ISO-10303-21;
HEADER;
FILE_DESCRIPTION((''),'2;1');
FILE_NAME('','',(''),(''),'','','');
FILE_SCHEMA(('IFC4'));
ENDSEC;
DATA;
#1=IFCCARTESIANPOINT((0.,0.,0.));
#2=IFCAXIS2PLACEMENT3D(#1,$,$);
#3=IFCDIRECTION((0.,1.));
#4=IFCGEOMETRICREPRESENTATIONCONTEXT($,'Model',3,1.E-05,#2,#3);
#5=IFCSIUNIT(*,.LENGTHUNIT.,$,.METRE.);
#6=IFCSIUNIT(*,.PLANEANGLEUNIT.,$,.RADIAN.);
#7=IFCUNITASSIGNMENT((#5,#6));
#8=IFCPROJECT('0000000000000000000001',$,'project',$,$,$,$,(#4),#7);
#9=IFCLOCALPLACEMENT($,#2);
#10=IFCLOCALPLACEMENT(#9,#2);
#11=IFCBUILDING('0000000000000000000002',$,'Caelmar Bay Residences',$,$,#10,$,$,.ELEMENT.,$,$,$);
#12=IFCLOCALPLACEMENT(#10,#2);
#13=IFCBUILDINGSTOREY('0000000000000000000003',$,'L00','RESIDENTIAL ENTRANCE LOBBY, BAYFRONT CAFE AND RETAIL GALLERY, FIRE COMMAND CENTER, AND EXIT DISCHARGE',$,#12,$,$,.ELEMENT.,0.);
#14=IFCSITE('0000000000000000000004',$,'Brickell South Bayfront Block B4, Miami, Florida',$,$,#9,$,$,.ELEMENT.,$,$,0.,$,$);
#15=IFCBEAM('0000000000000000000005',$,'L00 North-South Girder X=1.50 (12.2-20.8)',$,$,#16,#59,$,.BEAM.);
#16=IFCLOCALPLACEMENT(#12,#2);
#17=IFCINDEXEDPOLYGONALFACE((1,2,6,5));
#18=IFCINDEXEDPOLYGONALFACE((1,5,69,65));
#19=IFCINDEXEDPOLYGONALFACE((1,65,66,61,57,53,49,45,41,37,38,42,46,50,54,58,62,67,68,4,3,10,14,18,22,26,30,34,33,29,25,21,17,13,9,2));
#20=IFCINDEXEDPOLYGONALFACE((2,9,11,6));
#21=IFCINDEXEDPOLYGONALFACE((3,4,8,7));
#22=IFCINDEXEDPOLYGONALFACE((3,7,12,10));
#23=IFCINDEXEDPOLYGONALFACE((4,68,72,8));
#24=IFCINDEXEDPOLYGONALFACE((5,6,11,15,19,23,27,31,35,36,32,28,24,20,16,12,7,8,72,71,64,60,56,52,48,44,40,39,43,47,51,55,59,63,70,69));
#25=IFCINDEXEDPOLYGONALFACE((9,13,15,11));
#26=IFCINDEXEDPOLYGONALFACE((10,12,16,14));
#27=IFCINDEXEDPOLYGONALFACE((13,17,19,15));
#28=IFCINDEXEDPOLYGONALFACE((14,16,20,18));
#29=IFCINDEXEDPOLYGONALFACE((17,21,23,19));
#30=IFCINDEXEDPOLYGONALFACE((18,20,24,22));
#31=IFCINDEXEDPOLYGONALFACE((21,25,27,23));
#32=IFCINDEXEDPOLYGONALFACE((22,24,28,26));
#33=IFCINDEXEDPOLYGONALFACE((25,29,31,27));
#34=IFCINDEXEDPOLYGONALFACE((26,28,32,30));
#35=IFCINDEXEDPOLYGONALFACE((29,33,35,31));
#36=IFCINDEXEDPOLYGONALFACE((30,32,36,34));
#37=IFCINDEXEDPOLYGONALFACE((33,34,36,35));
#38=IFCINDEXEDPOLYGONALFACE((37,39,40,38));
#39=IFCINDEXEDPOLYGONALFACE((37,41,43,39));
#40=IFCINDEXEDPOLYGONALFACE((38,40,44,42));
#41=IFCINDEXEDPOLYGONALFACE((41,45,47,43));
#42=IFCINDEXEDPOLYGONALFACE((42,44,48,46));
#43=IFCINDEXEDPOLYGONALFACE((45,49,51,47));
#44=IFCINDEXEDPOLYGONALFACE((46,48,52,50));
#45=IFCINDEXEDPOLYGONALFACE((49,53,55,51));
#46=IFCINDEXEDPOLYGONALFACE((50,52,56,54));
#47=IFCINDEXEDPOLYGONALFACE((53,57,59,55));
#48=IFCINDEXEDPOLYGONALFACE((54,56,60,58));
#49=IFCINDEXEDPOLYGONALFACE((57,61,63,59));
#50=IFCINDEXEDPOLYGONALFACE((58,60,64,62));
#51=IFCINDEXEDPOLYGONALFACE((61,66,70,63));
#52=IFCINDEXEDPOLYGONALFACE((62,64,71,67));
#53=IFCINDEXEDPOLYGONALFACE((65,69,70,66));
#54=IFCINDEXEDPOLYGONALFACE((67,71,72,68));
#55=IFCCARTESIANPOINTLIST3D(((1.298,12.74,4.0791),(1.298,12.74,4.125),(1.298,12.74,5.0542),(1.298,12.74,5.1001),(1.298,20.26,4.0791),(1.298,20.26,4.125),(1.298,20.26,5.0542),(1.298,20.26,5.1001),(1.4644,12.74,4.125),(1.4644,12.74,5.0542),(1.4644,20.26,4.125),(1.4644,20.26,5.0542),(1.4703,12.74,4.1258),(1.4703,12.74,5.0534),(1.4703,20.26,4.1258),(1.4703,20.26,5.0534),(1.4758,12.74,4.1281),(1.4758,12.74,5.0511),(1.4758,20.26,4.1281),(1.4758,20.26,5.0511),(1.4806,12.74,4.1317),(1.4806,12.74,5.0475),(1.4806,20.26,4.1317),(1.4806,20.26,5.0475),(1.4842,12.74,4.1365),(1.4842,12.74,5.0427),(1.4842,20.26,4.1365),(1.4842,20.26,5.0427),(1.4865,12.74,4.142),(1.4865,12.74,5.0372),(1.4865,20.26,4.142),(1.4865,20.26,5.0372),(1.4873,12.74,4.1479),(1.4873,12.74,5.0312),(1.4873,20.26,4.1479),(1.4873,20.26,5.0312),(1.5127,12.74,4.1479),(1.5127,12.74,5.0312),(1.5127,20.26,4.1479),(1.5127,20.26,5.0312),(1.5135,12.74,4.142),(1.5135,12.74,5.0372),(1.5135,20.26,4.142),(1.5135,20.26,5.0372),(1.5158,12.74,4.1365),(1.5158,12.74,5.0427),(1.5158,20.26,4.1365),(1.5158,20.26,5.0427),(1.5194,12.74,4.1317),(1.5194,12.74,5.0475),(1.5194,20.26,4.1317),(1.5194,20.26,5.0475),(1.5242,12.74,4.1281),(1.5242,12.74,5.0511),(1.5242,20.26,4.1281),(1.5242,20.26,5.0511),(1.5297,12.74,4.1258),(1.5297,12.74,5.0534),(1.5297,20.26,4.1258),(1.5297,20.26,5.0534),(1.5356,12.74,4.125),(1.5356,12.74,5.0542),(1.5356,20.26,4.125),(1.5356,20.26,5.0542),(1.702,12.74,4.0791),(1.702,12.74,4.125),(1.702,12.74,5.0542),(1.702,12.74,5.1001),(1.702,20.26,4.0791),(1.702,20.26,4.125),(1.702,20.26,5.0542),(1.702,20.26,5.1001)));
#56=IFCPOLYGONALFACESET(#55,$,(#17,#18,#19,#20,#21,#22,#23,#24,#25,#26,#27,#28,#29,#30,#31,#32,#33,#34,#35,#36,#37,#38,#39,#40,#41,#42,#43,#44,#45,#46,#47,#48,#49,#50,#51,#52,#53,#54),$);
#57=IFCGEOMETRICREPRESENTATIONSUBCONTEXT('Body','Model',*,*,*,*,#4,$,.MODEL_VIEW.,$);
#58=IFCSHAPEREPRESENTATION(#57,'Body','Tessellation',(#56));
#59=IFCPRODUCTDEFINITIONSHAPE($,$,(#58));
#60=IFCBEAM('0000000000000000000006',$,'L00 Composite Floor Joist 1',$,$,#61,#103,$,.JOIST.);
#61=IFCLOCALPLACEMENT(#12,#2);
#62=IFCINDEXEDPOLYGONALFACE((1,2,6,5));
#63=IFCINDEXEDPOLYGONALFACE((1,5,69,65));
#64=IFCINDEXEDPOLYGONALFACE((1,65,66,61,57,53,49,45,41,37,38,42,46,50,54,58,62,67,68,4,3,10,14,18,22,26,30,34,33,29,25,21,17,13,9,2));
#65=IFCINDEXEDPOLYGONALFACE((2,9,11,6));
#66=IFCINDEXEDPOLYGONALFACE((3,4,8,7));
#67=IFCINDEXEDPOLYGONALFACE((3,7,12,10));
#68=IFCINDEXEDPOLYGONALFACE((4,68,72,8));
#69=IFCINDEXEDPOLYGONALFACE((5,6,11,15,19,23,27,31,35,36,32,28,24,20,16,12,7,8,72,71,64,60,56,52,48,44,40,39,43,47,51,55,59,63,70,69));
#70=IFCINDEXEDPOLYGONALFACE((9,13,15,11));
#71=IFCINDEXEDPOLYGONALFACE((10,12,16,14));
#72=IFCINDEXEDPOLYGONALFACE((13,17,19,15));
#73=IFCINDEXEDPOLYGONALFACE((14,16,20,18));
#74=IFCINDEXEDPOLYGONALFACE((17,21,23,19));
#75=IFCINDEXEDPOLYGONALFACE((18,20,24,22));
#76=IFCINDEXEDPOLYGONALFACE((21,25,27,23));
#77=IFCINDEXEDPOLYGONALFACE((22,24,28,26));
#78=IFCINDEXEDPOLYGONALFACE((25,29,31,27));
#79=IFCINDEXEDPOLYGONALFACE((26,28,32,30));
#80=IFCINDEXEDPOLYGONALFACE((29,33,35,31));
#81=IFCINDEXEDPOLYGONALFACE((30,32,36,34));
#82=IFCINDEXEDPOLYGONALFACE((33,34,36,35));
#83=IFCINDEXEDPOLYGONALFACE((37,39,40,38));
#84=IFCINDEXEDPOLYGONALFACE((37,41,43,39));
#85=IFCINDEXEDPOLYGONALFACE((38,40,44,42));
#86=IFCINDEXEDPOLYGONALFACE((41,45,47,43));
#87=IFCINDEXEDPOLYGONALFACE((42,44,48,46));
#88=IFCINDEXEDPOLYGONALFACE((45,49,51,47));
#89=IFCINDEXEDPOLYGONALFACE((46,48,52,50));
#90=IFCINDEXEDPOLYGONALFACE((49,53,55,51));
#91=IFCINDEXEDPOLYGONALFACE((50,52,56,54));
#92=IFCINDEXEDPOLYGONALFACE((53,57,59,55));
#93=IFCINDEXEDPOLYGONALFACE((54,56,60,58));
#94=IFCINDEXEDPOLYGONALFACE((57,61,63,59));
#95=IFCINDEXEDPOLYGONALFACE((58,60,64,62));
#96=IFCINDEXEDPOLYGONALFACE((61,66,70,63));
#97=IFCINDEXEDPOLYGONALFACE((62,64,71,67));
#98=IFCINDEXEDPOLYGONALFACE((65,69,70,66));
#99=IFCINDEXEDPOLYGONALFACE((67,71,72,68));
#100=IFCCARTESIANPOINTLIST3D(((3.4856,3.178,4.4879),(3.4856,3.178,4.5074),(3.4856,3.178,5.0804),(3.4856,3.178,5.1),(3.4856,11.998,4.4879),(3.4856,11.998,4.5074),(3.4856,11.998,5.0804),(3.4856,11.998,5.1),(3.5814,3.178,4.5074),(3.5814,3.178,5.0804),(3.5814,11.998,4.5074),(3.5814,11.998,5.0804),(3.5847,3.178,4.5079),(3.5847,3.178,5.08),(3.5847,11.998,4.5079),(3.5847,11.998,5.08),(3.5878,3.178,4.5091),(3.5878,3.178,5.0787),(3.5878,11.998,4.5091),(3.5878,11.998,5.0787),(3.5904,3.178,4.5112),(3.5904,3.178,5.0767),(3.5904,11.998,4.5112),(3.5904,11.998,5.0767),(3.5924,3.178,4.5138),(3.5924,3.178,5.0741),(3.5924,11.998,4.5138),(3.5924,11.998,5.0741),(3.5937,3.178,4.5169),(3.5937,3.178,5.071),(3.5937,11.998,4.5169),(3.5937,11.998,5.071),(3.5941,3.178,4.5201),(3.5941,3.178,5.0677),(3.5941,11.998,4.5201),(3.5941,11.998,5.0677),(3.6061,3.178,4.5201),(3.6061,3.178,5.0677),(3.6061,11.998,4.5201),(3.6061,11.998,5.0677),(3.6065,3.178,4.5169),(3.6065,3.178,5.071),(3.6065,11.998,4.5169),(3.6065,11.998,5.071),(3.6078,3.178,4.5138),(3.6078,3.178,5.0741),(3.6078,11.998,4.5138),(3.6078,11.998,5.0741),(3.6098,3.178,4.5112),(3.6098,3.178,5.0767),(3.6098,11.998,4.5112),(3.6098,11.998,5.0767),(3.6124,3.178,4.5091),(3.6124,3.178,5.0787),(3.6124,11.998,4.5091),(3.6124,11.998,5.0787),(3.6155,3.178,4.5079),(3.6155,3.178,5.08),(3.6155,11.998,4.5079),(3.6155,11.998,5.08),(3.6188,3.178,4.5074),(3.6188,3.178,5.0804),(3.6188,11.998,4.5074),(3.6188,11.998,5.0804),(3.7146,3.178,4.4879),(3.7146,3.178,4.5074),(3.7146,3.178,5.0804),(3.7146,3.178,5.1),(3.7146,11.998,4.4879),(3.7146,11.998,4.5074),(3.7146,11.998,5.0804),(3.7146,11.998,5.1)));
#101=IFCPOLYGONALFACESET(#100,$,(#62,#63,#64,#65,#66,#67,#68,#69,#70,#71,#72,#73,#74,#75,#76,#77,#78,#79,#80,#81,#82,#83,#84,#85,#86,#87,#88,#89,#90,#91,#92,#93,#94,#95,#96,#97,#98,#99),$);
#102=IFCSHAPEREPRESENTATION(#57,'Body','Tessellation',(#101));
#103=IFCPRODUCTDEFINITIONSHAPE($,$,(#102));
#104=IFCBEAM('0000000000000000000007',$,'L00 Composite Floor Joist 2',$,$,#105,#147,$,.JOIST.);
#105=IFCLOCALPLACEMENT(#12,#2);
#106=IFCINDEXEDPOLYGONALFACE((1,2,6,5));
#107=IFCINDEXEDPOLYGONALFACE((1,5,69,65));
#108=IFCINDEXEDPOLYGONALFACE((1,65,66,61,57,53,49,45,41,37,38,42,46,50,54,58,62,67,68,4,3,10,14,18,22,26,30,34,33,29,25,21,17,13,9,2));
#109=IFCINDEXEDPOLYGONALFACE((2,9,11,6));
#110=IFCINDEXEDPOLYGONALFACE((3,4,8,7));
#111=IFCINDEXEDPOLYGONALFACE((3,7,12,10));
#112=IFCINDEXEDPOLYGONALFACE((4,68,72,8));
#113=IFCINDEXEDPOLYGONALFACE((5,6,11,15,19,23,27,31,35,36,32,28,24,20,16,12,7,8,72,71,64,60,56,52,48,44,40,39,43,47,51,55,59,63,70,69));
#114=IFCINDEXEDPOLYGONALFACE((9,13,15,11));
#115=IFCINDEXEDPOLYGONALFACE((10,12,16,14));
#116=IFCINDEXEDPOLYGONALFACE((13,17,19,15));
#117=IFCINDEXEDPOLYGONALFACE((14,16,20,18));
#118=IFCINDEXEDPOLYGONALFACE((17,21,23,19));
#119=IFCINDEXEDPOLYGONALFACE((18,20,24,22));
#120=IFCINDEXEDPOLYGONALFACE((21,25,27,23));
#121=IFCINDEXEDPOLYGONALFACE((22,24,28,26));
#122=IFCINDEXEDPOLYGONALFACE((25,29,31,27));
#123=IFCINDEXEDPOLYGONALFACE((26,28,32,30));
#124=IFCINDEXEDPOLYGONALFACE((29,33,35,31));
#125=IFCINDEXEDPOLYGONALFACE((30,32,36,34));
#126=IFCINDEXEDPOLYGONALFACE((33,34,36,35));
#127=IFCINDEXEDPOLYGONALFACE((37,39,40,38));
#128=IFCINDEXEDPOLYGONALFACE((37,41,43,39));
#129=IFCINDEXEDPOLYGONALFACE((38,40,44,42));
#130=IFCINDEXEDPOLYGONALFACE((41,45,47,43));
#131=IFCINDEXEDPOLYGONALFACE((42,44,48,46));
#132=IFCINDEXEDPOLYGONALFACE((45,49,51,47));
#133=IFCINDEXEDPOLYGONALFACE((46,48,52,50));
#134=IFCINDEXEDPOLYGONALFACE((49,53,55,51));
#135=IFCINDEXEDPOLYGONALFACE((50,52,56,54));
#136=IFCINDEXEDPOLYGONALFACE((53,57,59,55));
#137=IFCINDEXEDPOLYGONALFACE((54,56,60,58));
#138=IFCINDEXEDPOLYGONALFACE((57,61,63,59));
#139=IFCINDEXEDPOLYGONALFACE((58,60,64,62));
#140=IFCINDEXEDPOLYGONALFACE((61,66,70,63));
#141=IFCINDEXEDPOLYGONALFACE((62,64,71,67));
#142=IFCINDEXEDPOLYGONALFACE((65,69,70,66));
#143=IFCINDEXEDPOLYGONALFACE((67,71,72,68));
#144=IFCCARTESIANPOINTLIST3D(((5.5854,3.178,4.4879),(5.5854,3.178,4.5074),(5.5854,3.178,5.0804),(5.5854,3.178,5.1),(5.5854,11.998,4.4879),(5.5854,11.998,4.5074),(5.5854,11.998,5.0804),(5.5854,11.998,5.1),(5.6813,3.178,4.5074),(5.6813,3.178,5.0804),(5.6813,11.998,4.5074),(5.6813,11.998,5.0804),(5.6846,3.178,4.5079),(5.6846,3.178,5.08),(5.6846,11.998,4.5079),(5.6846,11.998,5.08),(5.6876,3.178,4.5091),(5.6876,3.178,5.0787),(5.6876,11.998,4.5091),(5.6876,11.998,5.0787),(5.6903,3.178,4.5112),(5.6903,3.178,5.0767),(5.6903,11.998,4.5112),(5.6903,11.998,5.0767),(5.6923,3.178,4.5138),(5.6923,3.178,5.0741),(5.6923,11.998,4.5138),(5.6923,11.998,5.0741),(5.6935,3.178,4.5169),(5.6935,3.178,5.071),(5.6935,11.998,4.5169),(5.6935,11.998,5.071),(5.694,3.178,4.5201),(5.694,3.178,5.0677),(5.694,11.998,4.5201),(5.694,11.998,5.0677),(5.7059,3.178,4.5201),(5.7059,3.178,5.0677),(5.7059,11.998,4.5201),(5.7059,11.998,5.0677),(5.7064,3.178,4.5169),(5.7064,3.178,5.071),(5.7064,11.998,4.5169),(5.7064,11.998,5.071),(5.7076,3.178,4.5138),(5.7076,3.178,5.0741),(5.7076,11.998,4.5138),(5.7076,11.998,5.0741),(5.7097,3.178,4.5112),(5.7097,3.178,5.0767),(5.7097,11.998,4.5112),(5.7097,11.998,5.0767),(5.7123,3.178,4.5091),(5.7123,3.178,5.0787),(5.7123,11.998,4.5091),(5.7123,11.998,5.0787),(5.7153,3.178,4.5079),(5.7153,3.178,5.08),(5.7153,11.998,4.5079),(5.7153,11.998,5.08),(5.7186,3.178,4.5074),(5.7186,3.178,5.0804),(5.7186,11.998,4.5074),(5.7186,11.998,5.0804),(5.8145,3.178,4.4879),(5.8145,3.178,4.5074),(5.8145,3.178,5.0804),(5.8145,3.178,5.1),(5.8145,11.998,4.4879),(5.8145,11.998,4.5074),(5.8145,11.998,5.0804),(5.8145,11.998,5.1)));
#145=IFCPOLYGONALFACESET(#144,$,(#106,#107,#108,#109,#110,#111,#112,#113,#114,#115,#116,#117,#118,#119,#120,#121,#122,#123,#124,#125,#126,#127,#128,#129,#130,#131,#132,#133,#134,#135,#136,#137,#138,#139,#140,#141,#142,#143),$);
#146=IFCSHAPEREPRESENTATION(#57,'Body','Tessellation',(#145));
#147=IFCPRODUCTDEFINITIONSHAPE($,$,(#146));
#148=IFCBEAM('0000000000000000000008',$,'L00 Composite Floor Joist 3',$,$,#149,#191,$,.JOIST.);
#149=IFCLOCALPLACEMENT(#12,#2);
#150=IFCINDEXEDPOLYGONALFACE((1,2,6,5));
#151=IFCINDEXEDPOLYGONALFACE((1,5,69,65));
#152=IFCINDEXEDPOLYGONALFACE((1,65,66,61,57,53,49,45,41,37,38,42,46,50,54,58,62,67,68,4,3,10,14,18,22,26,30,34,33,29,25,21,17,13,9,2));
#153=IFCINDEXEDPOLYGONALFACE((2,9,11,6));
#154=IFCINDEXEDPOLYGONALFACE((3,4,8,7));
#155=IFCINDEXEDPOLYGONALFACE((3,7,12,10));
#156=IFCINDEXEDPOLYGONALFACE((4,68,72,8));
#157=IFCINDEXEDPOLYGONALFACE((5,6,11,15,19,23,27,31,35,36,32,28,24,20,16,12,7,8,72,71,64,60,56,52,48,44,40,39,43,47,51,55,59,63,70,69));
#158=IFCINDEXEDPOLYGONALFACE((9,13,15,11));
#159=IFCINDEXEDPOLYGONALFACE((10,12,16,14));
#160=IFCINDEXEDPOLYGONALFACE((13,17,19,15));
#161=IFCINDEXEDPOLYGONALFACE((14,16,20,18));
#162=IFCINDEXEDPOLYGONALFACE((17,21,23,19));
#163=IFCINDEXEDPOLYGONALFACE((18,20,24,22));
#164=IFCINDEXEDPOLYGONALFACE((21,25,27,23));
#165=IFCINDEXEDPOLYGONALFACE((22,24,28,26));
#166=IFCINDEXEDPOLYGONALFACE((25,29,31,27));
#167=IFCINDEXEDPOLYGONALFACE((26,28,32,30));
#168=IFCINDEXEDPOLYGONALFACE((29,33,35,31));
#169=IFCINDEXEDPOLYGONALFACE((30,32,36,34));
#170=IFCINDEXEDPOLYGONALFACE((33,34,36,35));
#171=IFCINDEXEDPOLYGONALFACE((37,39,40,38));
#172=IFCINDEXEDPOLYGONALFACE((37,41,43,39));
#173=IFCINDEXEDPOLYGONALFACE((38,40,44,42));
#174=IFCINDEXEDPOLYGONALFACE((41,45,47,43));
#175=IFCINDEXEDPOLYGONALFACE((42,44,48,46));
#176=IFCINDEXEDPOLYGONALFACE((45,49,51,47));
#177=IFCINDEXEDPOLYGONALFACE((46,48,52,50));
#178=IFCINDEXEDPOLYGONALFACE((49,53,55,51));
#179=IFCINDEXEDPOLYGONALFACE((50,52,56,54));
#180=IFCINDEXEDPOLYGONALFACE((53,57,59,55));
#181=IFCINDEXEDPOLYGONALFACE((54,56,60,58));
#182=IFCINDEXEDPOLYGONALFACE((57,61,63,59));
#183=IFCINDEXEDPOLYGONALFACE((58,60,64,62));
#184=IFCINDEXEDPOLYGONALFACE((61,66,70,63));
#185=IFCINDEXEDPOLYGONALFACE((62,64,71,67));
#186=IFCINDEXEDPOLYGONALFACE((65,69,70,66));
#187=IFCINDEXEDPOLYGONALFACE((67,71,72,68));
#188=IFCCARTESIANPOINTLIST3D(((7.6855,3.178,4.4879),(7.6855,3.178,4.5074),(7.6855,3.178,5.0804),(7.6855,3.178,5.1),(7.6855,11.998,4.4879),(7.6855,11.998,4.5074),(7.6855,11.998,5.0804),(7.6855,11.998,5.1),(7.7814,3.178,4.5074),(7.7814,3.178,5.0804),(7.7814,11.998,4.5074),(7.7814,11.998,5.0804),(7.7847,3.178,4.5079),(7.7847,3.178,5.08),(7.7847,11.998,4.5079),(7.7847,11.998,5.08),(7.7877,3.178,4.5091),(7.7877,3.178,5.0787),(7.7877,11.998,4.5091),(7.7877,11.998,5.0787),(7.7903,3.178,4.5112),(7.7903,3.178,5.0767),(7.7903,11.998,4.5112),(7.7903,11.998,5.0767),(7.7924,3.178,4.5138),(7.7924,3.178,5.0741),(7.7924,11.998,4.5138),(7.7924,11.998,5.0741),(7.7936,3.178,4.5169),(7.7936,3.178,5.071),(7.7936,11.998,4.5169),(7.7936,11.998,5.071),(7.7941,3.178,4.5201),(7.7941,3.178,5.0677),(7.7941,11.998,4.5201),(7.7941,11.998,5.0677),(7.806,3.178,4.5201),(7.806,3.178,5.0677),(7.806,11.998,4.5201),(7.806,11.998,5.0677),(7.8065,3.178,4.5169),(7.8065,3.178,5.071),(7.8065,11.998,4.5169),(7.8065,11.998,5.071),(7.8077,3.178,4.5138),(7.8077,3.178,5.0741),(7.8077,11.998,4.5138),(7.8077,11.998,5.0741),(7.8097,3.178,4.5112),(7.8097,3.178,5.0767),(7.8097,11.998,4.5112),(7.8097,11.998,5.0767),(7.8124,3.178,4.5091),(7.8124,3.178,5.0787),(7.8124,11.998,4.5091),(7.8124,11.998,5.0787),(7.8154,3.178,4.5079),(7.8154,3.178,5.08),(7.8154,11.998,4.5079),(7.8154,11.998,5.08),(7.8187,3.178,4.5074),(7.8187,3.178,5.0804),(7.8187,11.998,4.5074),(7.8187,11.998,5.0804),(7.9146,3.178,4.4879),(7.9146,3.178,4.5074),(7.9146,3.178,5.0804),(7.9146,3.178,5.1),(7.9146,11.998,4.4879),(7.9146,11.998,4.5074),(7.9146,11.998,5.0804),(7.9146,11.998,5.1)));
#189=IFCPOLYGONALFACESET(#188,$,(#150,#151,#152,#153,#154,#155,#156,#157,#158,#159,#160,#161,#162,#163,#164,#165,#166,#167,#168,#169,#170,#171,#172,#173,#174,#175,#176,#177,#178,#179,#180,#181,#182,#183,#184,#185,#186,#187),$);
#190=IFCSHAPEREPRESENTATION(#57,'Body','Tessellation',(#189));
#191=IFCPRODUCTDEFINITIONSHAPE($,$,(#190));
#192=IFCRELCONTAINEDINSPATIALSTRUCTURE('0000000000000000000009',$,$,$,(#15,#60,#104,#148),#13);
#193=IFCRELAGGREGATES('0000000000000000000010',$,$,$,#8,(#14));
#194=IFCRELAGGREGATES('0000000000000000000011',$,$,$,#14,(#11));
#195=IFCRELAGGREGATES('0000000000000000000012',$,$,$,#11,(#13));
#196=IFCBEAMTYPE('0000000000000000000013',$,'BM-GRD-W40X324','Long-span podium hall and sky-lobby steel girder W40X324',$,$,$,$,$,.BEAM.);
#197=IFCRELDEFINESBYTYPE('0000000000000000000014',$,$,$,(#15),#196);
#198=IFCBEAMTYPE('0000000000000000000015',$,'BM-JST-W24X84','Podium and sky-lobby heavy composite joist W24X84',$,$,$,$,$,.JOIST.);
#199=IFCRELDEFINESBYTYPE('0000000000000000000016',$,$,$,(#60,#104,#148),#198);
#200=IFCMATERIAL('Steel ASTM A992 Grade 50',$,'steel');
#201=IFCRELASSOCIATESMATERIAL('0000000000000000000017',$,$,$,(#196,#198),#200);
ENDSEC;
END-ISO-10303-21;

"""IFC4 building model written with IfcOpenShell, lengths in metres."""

from ifc_helpers import new_model, si_unit, direction, frame, origin, origin_2d, place, context, subcontext, project, spatial, i_section, extrude, material, material_profile, profile_set, type_object, element, save


model = new_model("IFC4")

# Units and contexts
model_context = context("Model", 3, precision=1e-05, world=origin(), true_north=direction((0.0, 1.0)))
body_context = subcontext(model_context, "Body", "Model", "MODEL_VIEW")
ifc_project = project(units=[si_unit("LENGTHUNIT", "METRE"), si_unit("PLANEANGLEUNIT", "RADIAN")], contexts=[model_context])

# Site, building, storey
site_placement = place(None, origin())
site = spatial("IfcSite", under=ifc_project, at=site_placement, Name="Brickell South Bayfront Block B4, Miami, Florida", CompositionType="ELEMENT", RefElevation=0.0)
building_placement = place(site_placement, origin())
building = spatial("IfcBuilding", under=site, at=building_placement, Name="Caelmar Bay Residences", CompositionType="ELEMENT")
storey_placement = place(building_placement, origin())
storey = spatial("IfcBuildingStorey", under=building, at=storey_placement, Name="L00", Description="RESIDENTIAL ENTRANCE LOBBY, BAYFRONT CAFE AND RETAIL GALLERY, FIRE COMMAND CENTER, AND EXIT DISCHARGE", CompositionType="ELEMENT", Elevation=0.0)

# Beams
ifc_material_1 = material(Name="Steel ASTM A992 Grade 50", Category="steel")
ifc_material_profile_1 = material_profile(ifc_material_1, i_section(OverallWidth=0.4041, OverallDepth=1.021, WebThickness=0.0254, FlangeThickness=0.0459, FilletRadius=0.0229, at=origin_2d()), Name="W40X324")
ifc_profile_set_1 = profile_set([ifc_material_profile_1], Name="Steel ASTM A992 Grade 50")
beam_type_1 = type_object("IfcBeamType", Name="BM-GRD-W40X324", Description="Long-span podium hall and sky-lobby steel girder W40X324", PredefinedType="BEAM", material=ifc_profile_set_1)
beam_1_placement = place(storey_placement, frame((1.5, 12.74, 4.5896), z_axis=(0.0, 1.0, 0.0), x_axis=(-1.0, 0.0, 0.0)))
element("IfcBeam", 1, at=beam_1_placement, inside=storey, type_object=beam_type_1, Name="L00 North-South Girder X=1.50 (12.2-20.8)", PredefinedType="BEAM", context=body_context, shape_type="SweptSolid", body=[
    extrude(i_section(OverallWidth=0.4041, OverallDepth=1.021, WebThickness=0.0254, FlangeThickness=0.0459, FilletRadius=0.0229, at=origin_2d()), origin(), (0.0, 0.0, 1.0), 7.52),
])
ifc_material_profile_2 = material_profile(ifc_material_1, i_section(OverallWidth=0.229, OverallDepth=0.6121, WebThickness=0.012, FlangeThickness=0.0195, FilletRadius=0.0127, at=origin_2d()), Name="W24X84")
ifc_profile_set_2 = profile_set([ifc_material_profile_2], Name="Steel ASTM A992 Grade 50")
beam_type_2 = type_object("IfcBeamType", Name="BM-JST-W24X84", Description="Podium and sky-lobby heavy composite joist W24X84", PredefinedType="JOIST", material=ifc_profile_set_2)
for number, where, z_axis, x_axis, name in (
    (2, (3.6001, 3.178, 4.7939), (0.0, 1.0, 0.0), (-1.0, 0.0, 0.0), "L00 Composite Floor Joist 1"),
    (3, (5.7, 3.178, 4.7939), (0.0, 1.0, 0.0), (-1.0, 0.0, 0.0), "L00 Composite Floor Joist 2"),
    (4, (7.8, 3.178, 4.7939), (0.0, 1.0, 0.0), (-1.0, 0.0, 0.0), "L00 Composite Floor Joist 3"),
):
    element("IfcBeam", number, at=place(storey_placement, frame(where, z_axis=z_axis, x_axis=x_axis)), inside=storey, type_object=beam_type_2, Name=name, PredefinedType="JOIST", context=body_context, shape_type="SweptSolid", body=[
        extrude(i_section(OverallWidth=0.229, OverallDepth=0.6121, WebThickness=0.012, FlangeThickness=0.0195, FilletRadius=0.0127, at=origin_2d()), origin(), (0.0, 0.0, 1.0), 8.8201),
    ])

save(model, "model.ifc")
